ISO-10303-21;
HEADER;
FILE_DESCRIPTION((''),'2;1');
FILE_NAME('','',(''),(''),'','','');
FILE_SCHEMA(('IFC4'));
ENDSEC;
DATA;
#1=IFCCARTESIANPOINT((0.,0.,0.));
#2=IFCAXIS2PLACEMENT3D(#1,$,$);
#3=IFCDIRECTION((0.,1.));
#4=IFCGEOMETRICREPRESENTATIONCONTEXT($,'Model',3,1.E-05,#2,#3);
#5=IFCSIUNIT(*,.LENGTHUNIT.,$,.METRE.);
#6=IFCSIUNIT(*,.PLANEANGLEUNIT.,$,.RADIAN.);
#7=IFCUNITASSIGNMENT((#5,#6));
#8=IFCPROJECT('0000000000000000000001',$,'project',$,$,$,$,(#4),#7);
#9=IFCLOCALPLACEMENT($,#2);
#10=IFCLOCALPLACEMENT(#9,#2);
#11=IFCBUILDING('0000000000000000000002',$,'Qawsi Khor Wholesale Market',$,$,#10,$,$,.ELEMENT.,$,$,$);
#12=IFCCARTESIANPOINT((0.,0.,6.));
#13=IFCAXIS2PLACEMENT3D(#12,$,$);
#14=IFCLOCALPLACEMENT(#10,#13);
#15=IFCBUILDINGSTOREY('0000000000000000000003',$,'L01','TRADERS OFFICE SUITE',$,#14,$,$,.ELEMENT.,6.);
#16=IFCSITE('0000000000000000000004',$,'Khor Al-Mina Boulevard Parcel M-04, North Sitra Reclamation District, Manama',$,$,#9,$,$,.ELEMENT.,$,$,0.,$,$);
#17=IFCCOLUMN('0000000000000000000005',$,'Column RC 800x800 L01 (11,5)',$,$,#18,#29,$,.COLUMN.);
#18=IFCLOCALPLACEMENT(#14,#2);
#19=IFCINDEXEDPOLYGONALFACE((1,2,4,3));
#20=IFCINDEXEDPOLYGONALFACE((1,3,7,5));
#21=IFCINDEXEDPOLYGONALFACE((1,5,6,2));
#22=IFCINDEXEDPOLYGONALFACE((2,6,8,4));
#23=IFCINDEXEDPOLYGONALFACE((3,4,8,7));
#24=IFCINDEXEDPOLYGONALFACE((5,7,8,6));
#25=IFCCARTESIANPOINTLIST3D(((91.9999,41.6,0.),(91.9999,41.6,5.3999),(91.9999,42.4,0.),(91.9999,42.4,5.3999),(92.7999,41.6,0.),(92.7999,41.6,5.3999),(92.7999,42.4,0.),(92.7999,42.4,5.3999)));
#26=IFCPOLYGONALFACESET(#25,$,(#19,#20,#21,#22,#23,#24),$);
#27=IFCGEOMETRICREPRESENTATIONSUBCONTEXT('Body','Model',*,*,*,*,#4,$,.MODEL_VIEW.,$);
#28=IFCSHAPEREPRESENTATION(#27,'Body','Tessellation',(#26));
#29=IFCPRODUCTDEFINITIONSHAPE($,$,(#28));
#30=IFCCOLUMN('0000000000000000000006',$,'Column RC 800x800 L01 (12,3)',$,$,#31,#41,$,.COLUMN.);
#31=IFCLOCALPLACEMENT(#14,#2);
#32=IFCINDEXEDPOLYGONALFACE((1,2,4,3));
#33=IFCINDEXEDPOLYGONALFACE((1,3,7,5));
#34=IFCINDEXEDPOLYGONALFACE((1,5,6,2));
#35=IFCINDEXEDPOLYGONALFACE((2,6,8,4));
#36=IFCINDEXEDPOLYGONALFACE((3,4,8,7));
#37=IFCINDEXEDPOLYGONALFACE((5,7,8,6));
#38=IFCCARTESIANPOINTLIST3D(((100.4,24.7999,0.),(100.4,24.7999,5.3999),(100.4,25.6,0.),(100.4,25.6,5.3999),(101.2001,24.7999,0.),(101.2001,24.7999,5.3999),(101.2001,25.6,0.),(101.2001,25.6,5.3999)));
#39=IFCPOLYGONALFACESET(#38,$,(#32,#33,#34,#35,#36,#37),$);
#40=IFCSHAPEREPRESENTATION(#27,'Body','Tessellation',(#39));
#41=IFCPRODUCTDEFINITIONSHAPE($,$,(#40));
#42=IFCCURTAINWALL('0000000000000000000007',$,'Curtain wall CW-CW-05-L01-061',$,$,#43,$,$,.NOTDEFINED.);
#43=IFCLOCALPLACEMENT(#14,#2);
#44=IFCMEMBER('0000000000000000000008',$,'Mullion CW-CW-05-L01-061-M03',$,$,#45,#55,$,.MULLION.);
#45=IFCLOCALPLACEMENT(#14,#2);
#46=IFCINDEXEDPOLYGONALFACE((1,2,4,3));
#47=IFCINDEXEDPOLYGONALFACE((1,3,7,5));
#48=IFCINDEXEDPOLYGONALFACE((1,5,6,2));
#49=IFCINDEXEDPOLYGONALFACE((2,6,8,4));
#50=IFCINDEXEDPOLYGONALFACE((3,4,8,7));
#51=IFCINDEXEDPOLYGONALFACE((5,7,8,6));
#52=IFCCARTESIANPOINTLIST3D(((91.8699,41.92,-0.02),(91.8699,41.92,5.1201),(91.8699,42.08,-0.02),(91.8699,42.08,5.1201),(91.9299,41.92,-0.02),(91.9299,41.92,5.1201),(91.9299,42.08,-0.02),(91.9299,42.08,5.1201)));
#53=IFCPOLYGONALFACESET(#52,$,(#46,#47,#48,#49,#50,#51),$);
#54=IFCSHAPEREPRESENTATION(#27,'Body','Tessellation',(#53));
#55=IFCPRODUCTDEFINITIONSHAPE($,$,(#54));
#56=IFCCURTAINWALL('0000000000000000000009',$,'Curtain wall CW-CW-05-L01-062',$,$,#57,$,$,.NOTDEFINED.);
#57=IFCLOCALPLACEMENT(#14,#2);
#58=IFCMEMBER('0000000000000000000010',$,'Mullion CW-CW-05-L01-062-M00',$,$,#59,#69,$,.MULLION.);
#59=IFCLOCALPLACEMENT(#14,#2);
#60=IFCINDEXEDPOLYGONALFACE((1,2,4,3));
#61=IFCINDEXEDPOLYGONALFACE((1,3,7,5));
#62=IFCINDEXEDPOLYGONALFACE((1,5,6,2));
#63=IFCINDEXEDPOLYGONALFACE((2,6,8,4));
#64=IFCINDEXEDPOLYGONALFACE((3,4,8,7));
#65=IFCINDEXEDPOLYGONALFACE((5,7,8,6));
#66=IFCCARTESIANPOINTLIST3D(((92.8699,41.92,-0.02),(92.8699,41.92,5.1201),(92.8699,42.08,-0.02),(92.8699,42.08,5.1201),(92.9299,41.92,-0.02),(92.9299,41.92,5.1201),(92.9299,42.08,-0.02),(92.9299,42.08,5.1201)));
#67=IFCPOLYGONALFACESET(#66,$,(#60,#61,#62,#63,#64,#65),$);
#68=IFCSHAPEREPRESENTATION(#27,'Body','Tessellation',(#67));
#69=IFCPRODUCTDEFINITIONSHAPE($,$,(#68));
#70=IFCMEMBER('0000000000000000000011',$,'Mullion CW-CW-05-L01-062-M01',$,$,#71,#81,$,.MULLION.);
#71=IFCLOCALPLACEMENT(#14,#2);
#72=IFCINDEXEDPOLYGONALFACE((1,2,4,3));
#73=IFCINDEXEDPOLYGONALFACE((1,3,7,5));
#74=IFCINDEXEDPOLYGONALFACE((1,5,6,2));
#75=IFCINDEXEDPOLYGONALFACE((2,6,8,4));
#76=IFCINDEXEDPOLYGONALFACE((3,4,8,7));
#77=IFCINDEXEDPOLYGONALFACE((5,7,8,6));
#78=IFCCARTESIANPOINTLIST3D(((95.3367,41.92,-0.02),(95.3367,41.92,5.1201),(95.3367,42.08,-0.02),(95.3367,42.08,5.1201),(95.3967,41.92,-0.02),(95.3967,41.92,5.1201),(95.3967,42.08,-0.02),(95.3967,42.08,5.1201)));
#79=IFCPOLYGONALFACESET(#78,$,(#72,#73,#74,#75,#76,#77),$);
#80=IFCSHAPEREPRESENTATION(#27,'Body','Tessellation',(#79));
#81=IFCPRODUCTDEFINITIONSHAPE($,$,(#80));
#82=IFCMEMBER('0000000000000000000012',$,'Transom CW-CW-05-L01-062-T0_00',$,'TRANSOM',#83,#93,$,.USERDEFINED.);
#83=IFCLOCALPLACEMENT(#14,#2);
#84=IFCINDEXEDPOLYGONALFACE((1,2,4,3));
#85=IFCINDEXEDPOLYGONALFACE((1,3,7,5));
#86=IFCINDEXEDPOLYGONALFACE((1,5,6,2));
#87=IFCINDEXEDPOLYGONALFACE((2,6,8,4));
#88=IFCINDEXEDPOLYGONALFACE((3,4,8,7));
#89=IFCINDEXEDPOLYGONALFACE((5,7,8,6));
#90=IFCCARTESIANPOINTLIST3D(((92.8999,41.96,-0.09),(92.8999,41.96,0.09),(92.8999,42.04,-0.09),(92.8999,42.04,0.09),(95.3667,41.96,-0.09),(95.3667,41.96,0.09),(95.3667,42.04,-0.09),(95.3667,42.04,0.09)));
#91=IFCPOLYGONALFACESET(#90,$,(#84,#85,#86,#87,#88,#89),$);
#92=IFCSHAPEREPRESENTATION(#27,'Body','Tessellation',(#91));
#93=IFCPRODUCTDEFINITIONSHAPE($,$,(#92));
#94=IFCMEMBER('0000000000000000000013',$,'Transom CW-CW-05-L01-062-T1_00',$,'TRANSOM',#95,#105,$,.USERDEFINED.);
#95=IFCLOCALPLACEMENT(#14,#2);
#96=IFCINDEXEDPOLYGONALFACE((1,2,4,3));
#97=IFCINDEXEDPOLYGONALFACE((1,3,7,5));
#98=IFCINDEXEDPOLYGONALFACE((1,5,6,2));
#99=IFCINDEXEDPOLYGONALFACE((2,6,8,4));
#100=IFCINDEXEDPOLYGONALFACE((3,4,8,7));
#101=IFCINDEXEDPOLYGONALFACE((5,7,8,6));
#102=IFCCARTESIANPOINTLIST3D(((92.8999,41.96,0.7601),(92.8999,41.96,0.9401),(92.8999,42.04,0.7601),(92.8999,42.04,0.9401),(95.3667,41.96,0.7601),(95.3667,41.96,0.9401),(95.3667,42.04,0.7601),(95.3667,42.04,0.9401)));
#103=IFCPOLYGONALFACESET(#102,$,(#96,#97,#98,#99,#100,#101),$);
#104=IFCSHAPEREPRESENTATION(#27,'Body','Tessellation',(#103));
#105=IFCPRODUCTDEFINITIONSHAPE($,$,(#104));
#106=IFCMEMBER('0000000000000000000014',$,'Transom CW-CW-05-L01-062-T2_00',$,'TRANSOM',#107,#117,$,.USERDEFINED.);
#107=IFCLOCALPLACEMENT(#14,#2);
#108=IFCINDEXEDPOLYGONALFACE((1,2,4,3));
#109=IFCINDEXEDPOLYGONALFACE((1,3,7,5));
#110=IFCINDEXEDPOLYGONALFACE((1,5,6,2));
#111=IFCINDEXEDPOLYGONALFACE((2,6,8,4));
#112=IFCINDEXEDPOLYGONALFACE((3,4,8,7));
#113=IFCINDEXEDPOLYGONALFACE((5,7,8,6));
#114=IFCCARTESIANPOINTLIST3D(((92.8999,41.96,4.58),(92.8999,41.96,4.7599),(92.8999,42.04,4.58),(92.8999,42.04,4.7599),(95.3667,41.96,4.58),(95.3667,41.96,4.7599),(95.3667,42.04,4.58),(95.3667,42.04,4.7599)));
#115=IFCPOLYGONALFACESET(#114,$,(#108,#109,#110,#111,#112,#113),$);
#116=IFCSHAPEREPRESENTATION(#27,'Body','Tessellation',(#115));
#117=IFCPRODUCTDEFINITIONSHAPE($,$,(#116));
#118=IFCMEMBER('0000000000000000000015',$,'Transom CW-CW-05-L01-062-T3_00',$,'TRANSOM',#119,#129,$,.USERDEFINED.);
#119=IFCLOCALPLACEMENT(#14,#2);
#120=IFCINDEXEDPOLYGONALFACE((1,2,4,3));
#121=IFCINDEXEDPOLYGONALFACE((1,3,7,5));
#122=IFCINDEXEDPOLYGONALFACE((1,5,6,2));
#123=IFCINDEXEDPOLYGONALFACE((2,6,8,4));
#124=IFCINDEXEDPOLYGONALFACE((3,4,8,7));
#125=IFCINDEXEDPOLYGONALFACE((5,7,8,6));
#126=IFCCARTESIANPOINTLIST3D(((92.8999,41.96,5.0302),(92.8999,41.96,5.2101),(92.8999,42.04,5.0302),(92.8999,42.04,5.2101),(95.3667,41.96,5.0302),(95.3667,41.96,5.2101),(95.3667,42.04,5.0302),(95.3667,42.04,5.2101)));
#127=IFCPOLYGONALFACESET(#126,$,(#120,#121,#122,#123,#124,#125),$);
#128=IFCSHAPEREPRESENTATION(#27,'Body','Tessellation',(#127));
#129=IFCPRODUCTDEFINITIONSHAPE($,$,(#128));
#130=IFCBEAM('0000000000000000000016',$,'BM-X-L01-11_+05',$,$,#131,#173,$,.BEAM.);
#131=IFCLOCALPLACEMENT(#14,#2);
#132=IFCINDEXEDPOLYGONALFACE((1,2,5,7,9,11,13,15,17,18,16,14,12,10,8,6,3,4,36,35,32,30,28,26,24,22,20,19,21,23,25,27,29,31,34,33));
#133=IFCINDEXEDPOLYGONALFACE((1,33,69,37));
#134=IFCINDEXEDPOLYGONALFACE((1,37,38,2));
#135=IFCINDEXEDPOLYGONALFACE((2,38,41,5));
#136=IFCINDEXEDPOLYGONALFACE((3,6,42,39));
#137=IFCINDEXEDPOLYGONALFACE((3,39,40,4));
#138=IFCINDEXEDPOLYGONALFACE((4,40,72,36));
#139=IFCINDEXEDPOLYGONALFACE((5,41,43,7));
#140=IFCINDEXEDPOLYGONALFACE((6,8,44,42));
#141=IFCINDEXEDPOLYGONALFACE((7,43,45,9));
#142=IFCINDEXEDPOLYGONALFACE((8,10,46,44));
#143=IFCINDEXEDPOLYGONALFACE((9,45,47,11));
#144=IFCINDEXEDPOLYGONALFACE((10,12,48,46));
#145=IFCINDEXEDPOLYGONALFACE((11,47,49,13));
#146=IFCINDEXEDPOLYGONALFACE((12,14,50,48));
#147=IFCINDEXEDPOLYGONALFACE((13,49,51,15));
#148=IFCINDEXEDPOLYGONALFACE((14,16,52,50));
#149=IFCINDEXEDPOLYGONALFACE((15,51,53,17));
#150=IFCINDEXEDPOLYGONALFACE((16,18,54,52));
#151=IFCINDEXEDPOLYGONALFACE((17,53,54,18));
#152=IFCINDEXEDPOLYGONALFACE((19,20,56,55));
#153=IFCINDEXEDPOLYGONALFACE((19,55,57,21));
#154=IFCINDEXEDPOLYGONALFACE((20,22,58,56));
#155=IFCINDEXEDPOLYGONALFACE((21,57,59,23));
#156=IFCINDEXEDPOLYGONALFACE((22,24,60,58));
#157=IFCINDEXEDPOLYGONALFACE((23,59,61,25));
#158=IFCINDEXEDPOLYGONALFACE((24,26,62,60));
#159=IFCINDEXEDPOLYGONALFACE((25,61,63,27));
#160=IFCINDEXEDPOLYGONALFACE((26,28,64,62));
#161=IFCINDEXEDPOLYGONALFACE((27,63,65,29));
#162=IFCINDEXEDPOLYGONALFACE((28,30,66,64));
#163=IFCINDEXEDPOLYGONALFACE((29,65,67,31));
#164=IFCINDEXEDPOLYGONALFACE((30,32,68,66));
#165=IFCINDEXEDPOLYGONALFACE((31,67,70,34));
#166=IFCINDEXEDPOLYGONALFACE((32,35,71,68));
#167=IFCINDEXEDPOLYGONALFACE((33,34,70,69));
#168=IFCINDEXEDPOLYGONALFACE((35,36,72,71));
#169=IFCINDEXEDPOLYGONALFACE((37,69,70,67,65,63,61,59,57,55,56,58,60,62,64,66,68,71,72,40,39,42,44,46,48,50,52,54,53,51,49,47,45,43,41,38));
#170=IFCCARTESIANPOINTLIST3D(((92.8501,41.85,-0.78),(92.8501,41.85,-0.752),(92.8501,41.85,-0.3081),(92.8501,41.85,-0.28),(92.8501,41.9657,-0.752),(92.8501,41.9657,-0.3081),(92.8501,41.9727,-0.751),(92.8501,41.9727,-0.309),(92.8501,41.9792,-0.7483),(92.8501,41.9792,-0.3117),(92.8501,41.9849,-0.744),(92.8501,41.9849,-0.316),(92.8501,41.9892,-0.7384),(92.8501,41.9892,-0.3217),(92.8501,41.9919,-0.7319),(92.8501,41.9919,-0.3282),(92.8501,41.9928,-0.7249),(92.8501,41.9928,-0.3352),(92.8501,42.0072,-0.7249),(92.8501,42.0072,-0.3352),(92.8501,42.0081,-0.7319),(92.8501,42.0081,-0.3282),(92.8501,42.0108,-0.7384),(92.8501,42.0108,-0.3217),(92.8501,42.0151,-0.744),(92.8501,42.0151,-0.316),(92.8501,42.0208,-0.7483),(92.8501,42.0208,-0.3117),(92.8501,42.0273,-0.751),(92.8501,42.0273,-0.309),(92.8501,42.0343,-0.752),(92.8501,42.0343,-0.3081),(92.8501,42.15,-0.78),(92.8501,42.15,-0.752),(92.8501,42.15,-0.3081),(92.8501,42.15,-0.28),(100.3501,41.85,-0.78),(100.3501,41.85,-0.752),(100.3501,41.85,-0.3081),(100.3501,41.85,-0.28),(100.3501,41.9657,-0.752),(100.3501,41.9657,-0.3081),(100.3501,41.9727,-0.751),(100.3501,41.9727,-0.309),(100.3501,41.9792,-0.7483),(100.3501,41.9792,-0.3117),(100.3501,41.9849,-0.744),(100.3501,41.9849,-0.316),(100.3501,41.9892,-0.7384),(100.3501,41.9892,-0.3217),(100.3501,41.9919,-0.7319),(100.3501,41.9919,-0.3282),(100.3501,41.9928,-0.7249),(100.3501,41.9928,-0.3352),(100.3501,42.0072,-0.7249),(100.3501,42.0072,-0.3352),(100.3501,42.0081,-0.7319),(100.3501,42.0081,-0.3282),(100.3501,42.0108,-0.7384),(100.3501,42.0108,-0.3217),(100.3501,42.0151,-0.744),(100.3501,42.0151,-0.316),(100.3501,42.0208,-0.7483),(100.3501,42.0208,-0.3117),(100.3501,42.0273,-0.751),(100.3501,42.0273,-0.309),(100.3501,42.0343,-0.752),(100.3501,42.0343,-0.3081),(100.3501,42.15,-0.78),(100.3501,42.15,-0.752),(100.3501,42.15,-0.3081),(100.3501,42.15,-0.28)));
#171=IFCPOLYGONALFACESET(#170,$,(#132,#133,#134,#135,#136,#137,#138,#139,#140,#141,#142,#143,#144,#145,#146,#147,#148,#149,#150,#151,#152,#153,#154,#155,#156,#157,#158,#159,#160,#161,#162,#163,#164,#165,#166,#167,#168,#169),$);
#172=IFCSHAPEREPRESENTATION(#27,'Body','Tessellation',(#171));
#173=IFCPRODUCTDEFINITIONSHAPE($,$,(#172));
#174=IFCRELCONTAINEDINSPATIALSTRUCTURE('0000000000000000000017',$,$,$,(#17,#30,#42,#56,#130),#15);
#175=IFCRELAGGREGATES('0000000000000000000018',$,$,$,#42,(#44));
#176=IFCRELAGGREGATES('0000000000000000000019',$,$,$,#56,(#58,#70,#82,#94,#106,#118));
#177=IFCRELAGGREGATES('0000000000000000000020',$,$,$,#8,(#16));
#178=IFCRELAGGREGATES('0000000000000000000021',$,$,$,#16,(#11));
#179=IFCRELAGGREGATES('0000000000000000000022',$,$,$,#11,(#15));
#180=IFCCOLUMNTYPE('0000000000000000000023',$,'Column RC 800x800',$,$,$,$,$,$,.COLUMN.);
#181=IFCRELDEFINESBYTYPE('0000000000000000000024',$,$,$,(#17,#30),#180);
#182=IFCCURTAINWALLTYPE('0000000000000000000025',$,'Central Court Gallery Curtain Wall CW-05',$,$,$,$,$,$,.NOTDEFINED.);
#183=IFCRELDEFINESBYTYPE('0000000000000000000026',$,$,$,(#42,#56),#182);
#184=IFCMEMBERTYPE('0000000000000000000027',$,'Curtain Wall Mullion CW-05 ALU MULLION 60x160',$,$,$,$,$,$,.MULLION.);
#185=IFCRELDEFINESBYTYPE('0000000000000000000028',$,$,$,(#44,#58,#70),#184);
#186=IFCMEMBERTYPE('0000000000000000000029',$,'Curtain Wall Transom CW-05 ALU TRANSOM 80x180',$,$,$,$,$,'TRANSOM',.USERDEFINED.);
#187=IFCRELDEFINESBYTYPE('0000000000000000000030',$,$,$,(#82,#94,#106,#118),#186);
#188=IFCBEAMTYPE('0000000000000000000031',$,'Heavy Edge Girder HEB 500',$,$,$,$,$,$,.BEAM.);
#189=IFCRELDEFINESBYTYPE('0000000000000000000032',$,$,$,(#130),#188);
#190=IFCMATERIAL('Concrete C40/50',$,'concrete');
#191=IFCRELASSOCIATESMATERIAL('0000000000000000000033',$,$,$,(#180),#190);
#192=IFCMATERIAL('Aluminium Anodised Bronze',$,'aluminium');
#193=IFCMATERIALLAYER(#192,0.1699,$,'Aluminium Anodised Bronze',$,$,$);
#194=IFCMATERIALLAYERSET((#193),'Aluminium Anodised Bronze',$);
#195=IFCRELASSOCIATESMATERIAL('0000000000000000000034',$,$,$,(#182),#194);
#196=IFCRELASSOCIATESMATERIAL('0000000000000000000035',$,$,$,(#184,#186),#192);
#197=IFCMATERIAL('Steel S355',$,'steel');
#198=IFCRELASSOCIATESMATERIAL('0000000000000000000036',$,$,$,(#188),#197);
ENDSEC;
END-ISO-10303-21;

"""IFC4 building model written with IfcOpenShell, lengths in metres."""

from ifc_helpers import new_model, si_unit, direction, frame, origin, origin_2d, place, context, subcontext, project, spatial, rectangle, i_section, extrude, material, layer, layer_set, material_profile, profile_set, type_object, element, aggregate, save


model = new_model("IFC4")

# Units and contexts
model_context = context("Model", 3, precision=1e-05, world=origin(), true_north=direction((0.0, 1.0)))
body_context = subcontext(model_context, "Body", "Model", "MODEL_VIEW")
ifc_project = project(units=[si_unit("LENGTHUNIT", "METRE"), si_unit("PLANEANGLEUNIT", "RADIAN")], contexts=[model_context])

# Site, building, storey
site_placement = place(None, origin())
site = spatial("IfcSite", under=ifc_project, at=site_placement, Name="Khor Al-Mina Boulevard Parcel M-04, North Sitra Reclamation District, Manama", CompositionType="ELEMENT", RefElevation=0.0)
building_placement = place(site_placement, origin())
building = spatial("IfcBuilding", under=site, at=building_placement, Name="Qawsi Khor Wholesale Market", CompositionType="ELEMENT")
storey_placement = place(building_placement, frame((0.0, 0.0, 6.0)))
storey = spatial("IfcBuildingStorey", under=building, at=storey_placement, Name="L01", Description="TRADERS OFFICE SUITE", CompositionType="ELEMENT", Elevation=6.0)

# Columns
ifc_material_1 = material(Name="Concrete C40/50", Category="concrete")
ifc_material_profile_1 = material_profile(ifc_material_1, rectangle(XDim=0.8, YDim=0.8, at=origin_2d()), Name="RC 800x800")
ifc_profile_set_1 = profile_set([ifc_material_profile_1], Name="Concrete C40/50")
column_type = type_object("IfcColumnType", Name="Column RC 800x800", PredefinedType="COLUMN", material=ifc_profile_set_1)
for number, where, z_axis, x_axis, name in (
    (1, (92.3999, 42.0, 0.0), (0.0, 0.0, 1.0), (1.0, 0.0, 0.0), "Column RC 800x800 L01 (11,5)"),
    (2, (100.8, 25.2, 0.0), (0.0, 0.0, 1.0), (1.0, 0.0, 0.0), "Column RC 800x800 L01 (12,3)"),
):
    element("IfcColumn", number, at=place(storey_placement, frame(where, z_axis=z_axis, x_axis=x_axis)), inside=storey, type_object=column_type, Name=name, PredefinedType="COLUMN", context=body_context, shape_type="SweptSolid", body=[
        extrude(rectangle(XDim=0.8, YDim=0.8, at=origin_2d()), origin(), (0.0, 0.0, 1.0), 5.3999),
    ])

# Curtain wall, member
ifc_material_2 = material(Name="Aluminium Anodised Bronze", Category="aluminium")
ifc_layer_1 = layer(ifc_material_2, 0.1699, Name="Aluminium Anodised Bronze")
ifc_layer_set_1 = layer_set([ifc_layer_1], Name="Aluminium Anodised Bronze")
curtain_wall_type = type_object("IfcCurtainWallType", Name="Central Court Gallery Curtain Wall CW-05", PredefinedType="NOTDEFINED", material=ifc_layer_set_1)
curtain_wall_1_placement = place(storey_placement, origin())
curtain_wall_1 = element("IfcCurtainWall", 3, at=curtain_wall_1_placement, inside=storey, type_object=curtain_wall_type, Name="Curtain wall CW-CW-05-L01-061", PredefinedType="NOTDEFINED")
ifc_material_profile_2 = material_profile(ifc_material_2, rectangle(XDim=0.0601, YDim=0.1599, at=origin_2d()), Name="ALU MULLION 60x160")
ifc_profile_set_2 = profile_set([ifc_material_profile_2], Name="Aluminium Anodised Bronze")
member_type_1 = type_object("IfcMemberType", Name="Curtain Wall Mullion CW-05 ALU MULLION 60x160", PredefinedType="MULLION", material=ifc_profile_set_2)
member_1_placement = place(storey_placement, frame((91.8999, 42.0, -0.02), z_axis=(0.0, 0.0, 1.0), x_axis=(1.0, 0.0, 0.0)))
member_1 = element("IfcMember", 4, at=member_1_placement, type_object=member_type_1, Name="Mullion CW-CW-05-L01-061-M03", PredefinedType="MULLION", context=body_context, shape_type="SweptSolid", body=[
    extrude(rectangle(XDim=0.0601, YDim=0.1599, at=origin_2d()), origin(), (0.0, 0.0, 1.0), 5.1401),
])

# Curtain wall, members
curtain_wall_2_placement = place(storey_placement, origin())
curtain_wall_2 = element("IfcCurtainWall", 5, at=curtain_wall_2_placement, inside=storey, type_object=curtain_wall_type, Name="Curtain wall CW-CW-05-L01-062", PredefinedType="NOTDEFINED")
member_2_placement = place(storey_placement, frame((92.8999, 42.0, -0.02), z_axis=(0.0, 0.0, 1.0), x_axis=(1.0, 0.0, 0.0)))
member_2 = element("IfcMember", 6, at=member_2_placement, type_object=member_type_1, Name="Mullion CW-CW-05-L01-062-M00", PredefinedType="MULLION", context=body_context, shape_type="SweptSolid", body=[
    extrude(rectangle(XDim=0.0601, YDim=0.1599, at=origin_2d()), origin(), (0.0, 0.0, 1.0), 5.1401),
])
member_3_placement = place(storey_placement, frame((95.3667, 42.0, -0.02), z_axis=(0.0, 0.0, 1.0), x_axis=(1.0, 0.0, 0.0)))
member_3 = element("IfcMember", 7, at=member_3_placement, type_object=member_type_1, Name="Mullion CW-CW-05-L01-062-M01", PredefinedType="MULLION", context=body_context, shape_type="SweptSolid", body=[
    extrude(rectangle(XDim=0.0601, YDim=0.1599, at=origin_2d()), origin(), (0.0, 0.0, 1.0), 5.1401),
])
ifc_material_profile_3 = material_profile(ifc_material_2, rectangle(XDim=0.0801, YDim=0.1799, at=origin_2d()), Name="ALU TRANSOM 80x180")
ifc_profile_set_3 = profile_set([ifc_material_profile_3], Name="Aluminium Anodised Bronze")
member_type_2 = type_object("IfcMemberType", Name="Curtain Wall Transom CW-05 ALU TRANSOM 80x180", ElementType="TRANSOM", PredefinedType="USERDEFINED", material=ifc_profile_set_3)
member_4_placement = place(storey_placement, frame((92.8999, 42.0, 0.0), z_axis=(1.0, 0.0, 0.0), x_axis=(0.0, 1.0, 0.0)))
member_4 = element("IfcMember", 8, at=member_4_placement, type_object=member_type_2, Name="Transom CW-CW-05-L01-062-T0_00", ObjectType="TRANSOM", PredefinedType="USERDEFINED", context=body_context, shape_type="SweptSolid", body=[
    extrude(rectangle(XDim=0.0801, YDim=0.1799, at=origin_2d()), origin(), (0.0, 0.0, 1.0), 2.4668),
])
member_5_placement = place(storey_placement, frame((92.8999, 42.0, 0.8501), z_axis=(1.0, 0.0, 0.0), x_axis=(0.0, 1.0, 0.0)))
member_5 = element("IfcMember", 9, at=member_5_placement, type_object=member_type_2, Name="Transom CW-CW-05-L01-062-T1_00", ObjectType="TRANSOM", PredefinedType="USERDEFINED", context=body_context, shape_type="SweptSolid", body=[
    extrude(rectangle(XDim=0.0801, YDim=0.1799, at=origin_2d()), origin(), (0.0, 0.0, 1.0), 2.4668),
])
member_6_placement = place(storey_placement, frame((92.8999, 42.0, 4.6699), z_axis=(1.0, 0.0, 0.0), x_axis=(0.0, 1.0, 0.0)))
member_6 = element("IfcMember", 10, at=member_6_placement, type_object=member_type_2, Name="Transom CW-CW-05-L01-062-T2_00", ObjectType="TRANSOM", PredefinedType="USERDEFINED", context=body_context, shape_type="SweptSolid", body=[
    extrude(rectangle(XDim=0.0801, YDim=0.1799, at=origin_2d()), origin(), (0.0, 0.0, 1.0), 2.4668),
])
member_7_placement = place(storey_placement, frame((92.8999, 42.0, 5.1201), z_axis=(1.0, 0.0, 0.0), x_axis=(0.0, 1.0, 0.0)))
member_7 = element("IfcMember", 11, at=member_7_placement, type_object=member_type_2, Name="Transom CW-CW-05-L01-062-T3_00", ObjectType="TRANSOM", PredefinedType="USERDEFINED", context=body_context, shape_type="SweptSolid", body=[
    extrude(rectangle(XDim=0.0801, YDim=0.1799, at=origin_2d()), origin(), (0.0, 0.0, 1.0), 2.4668),
])

# Beam
ifc_material_3 = material(Name="Steel S355", Category="steel")
ifc_material_profile_4 = material_profile(ifc_material_3, i_section(OverallWidth=0.3, OverallDepth=0.5, WebThickness=0.0144, FlangeThickness=0.0281, FilletRadius=0.0271, at=origin_2d()), Name="HEB 500")
ifc_profile_set_4 = profile_set([ifc_material_profile_4], Name="Steel S355")
beam_type_1 = type_object("IfcBeamType", Name="Heavy Edge Girder HEB 500", PredefinedType="BEAM", material=ifc_profile_set_4)
beam_1_placement = place(storey_placement, frame((92.8501, 42.0, -0.53), z_axis=(1.0, 0.0, 0.0), x_axis=(0.0, 1.0, 0.0)))
element("IfcBeam", 12, at=beam_1_placement, inside=storey, type_object=beam_type_1, Name="BM-X-L01-11_+05", PredefinedType="BEAM", context=body_context, shape_type="SweptSolid", body=[
    extrude(i_section(OverallWidth=0.3, OverallDepth=0.5, WebThickness=0.0144, FlangeThickness=0.0281, FilletRadius=0.0271, at=origin_2d()), origin(), (0.0, 0.0, 1.0), 7.5),
])

aggregate(curtain_wall_1, [member_1])
aggregate(curtain_wall_2, [member_2, member_3, member_4, member_5, member_6, member_7])

save(model, "model.ifc")
